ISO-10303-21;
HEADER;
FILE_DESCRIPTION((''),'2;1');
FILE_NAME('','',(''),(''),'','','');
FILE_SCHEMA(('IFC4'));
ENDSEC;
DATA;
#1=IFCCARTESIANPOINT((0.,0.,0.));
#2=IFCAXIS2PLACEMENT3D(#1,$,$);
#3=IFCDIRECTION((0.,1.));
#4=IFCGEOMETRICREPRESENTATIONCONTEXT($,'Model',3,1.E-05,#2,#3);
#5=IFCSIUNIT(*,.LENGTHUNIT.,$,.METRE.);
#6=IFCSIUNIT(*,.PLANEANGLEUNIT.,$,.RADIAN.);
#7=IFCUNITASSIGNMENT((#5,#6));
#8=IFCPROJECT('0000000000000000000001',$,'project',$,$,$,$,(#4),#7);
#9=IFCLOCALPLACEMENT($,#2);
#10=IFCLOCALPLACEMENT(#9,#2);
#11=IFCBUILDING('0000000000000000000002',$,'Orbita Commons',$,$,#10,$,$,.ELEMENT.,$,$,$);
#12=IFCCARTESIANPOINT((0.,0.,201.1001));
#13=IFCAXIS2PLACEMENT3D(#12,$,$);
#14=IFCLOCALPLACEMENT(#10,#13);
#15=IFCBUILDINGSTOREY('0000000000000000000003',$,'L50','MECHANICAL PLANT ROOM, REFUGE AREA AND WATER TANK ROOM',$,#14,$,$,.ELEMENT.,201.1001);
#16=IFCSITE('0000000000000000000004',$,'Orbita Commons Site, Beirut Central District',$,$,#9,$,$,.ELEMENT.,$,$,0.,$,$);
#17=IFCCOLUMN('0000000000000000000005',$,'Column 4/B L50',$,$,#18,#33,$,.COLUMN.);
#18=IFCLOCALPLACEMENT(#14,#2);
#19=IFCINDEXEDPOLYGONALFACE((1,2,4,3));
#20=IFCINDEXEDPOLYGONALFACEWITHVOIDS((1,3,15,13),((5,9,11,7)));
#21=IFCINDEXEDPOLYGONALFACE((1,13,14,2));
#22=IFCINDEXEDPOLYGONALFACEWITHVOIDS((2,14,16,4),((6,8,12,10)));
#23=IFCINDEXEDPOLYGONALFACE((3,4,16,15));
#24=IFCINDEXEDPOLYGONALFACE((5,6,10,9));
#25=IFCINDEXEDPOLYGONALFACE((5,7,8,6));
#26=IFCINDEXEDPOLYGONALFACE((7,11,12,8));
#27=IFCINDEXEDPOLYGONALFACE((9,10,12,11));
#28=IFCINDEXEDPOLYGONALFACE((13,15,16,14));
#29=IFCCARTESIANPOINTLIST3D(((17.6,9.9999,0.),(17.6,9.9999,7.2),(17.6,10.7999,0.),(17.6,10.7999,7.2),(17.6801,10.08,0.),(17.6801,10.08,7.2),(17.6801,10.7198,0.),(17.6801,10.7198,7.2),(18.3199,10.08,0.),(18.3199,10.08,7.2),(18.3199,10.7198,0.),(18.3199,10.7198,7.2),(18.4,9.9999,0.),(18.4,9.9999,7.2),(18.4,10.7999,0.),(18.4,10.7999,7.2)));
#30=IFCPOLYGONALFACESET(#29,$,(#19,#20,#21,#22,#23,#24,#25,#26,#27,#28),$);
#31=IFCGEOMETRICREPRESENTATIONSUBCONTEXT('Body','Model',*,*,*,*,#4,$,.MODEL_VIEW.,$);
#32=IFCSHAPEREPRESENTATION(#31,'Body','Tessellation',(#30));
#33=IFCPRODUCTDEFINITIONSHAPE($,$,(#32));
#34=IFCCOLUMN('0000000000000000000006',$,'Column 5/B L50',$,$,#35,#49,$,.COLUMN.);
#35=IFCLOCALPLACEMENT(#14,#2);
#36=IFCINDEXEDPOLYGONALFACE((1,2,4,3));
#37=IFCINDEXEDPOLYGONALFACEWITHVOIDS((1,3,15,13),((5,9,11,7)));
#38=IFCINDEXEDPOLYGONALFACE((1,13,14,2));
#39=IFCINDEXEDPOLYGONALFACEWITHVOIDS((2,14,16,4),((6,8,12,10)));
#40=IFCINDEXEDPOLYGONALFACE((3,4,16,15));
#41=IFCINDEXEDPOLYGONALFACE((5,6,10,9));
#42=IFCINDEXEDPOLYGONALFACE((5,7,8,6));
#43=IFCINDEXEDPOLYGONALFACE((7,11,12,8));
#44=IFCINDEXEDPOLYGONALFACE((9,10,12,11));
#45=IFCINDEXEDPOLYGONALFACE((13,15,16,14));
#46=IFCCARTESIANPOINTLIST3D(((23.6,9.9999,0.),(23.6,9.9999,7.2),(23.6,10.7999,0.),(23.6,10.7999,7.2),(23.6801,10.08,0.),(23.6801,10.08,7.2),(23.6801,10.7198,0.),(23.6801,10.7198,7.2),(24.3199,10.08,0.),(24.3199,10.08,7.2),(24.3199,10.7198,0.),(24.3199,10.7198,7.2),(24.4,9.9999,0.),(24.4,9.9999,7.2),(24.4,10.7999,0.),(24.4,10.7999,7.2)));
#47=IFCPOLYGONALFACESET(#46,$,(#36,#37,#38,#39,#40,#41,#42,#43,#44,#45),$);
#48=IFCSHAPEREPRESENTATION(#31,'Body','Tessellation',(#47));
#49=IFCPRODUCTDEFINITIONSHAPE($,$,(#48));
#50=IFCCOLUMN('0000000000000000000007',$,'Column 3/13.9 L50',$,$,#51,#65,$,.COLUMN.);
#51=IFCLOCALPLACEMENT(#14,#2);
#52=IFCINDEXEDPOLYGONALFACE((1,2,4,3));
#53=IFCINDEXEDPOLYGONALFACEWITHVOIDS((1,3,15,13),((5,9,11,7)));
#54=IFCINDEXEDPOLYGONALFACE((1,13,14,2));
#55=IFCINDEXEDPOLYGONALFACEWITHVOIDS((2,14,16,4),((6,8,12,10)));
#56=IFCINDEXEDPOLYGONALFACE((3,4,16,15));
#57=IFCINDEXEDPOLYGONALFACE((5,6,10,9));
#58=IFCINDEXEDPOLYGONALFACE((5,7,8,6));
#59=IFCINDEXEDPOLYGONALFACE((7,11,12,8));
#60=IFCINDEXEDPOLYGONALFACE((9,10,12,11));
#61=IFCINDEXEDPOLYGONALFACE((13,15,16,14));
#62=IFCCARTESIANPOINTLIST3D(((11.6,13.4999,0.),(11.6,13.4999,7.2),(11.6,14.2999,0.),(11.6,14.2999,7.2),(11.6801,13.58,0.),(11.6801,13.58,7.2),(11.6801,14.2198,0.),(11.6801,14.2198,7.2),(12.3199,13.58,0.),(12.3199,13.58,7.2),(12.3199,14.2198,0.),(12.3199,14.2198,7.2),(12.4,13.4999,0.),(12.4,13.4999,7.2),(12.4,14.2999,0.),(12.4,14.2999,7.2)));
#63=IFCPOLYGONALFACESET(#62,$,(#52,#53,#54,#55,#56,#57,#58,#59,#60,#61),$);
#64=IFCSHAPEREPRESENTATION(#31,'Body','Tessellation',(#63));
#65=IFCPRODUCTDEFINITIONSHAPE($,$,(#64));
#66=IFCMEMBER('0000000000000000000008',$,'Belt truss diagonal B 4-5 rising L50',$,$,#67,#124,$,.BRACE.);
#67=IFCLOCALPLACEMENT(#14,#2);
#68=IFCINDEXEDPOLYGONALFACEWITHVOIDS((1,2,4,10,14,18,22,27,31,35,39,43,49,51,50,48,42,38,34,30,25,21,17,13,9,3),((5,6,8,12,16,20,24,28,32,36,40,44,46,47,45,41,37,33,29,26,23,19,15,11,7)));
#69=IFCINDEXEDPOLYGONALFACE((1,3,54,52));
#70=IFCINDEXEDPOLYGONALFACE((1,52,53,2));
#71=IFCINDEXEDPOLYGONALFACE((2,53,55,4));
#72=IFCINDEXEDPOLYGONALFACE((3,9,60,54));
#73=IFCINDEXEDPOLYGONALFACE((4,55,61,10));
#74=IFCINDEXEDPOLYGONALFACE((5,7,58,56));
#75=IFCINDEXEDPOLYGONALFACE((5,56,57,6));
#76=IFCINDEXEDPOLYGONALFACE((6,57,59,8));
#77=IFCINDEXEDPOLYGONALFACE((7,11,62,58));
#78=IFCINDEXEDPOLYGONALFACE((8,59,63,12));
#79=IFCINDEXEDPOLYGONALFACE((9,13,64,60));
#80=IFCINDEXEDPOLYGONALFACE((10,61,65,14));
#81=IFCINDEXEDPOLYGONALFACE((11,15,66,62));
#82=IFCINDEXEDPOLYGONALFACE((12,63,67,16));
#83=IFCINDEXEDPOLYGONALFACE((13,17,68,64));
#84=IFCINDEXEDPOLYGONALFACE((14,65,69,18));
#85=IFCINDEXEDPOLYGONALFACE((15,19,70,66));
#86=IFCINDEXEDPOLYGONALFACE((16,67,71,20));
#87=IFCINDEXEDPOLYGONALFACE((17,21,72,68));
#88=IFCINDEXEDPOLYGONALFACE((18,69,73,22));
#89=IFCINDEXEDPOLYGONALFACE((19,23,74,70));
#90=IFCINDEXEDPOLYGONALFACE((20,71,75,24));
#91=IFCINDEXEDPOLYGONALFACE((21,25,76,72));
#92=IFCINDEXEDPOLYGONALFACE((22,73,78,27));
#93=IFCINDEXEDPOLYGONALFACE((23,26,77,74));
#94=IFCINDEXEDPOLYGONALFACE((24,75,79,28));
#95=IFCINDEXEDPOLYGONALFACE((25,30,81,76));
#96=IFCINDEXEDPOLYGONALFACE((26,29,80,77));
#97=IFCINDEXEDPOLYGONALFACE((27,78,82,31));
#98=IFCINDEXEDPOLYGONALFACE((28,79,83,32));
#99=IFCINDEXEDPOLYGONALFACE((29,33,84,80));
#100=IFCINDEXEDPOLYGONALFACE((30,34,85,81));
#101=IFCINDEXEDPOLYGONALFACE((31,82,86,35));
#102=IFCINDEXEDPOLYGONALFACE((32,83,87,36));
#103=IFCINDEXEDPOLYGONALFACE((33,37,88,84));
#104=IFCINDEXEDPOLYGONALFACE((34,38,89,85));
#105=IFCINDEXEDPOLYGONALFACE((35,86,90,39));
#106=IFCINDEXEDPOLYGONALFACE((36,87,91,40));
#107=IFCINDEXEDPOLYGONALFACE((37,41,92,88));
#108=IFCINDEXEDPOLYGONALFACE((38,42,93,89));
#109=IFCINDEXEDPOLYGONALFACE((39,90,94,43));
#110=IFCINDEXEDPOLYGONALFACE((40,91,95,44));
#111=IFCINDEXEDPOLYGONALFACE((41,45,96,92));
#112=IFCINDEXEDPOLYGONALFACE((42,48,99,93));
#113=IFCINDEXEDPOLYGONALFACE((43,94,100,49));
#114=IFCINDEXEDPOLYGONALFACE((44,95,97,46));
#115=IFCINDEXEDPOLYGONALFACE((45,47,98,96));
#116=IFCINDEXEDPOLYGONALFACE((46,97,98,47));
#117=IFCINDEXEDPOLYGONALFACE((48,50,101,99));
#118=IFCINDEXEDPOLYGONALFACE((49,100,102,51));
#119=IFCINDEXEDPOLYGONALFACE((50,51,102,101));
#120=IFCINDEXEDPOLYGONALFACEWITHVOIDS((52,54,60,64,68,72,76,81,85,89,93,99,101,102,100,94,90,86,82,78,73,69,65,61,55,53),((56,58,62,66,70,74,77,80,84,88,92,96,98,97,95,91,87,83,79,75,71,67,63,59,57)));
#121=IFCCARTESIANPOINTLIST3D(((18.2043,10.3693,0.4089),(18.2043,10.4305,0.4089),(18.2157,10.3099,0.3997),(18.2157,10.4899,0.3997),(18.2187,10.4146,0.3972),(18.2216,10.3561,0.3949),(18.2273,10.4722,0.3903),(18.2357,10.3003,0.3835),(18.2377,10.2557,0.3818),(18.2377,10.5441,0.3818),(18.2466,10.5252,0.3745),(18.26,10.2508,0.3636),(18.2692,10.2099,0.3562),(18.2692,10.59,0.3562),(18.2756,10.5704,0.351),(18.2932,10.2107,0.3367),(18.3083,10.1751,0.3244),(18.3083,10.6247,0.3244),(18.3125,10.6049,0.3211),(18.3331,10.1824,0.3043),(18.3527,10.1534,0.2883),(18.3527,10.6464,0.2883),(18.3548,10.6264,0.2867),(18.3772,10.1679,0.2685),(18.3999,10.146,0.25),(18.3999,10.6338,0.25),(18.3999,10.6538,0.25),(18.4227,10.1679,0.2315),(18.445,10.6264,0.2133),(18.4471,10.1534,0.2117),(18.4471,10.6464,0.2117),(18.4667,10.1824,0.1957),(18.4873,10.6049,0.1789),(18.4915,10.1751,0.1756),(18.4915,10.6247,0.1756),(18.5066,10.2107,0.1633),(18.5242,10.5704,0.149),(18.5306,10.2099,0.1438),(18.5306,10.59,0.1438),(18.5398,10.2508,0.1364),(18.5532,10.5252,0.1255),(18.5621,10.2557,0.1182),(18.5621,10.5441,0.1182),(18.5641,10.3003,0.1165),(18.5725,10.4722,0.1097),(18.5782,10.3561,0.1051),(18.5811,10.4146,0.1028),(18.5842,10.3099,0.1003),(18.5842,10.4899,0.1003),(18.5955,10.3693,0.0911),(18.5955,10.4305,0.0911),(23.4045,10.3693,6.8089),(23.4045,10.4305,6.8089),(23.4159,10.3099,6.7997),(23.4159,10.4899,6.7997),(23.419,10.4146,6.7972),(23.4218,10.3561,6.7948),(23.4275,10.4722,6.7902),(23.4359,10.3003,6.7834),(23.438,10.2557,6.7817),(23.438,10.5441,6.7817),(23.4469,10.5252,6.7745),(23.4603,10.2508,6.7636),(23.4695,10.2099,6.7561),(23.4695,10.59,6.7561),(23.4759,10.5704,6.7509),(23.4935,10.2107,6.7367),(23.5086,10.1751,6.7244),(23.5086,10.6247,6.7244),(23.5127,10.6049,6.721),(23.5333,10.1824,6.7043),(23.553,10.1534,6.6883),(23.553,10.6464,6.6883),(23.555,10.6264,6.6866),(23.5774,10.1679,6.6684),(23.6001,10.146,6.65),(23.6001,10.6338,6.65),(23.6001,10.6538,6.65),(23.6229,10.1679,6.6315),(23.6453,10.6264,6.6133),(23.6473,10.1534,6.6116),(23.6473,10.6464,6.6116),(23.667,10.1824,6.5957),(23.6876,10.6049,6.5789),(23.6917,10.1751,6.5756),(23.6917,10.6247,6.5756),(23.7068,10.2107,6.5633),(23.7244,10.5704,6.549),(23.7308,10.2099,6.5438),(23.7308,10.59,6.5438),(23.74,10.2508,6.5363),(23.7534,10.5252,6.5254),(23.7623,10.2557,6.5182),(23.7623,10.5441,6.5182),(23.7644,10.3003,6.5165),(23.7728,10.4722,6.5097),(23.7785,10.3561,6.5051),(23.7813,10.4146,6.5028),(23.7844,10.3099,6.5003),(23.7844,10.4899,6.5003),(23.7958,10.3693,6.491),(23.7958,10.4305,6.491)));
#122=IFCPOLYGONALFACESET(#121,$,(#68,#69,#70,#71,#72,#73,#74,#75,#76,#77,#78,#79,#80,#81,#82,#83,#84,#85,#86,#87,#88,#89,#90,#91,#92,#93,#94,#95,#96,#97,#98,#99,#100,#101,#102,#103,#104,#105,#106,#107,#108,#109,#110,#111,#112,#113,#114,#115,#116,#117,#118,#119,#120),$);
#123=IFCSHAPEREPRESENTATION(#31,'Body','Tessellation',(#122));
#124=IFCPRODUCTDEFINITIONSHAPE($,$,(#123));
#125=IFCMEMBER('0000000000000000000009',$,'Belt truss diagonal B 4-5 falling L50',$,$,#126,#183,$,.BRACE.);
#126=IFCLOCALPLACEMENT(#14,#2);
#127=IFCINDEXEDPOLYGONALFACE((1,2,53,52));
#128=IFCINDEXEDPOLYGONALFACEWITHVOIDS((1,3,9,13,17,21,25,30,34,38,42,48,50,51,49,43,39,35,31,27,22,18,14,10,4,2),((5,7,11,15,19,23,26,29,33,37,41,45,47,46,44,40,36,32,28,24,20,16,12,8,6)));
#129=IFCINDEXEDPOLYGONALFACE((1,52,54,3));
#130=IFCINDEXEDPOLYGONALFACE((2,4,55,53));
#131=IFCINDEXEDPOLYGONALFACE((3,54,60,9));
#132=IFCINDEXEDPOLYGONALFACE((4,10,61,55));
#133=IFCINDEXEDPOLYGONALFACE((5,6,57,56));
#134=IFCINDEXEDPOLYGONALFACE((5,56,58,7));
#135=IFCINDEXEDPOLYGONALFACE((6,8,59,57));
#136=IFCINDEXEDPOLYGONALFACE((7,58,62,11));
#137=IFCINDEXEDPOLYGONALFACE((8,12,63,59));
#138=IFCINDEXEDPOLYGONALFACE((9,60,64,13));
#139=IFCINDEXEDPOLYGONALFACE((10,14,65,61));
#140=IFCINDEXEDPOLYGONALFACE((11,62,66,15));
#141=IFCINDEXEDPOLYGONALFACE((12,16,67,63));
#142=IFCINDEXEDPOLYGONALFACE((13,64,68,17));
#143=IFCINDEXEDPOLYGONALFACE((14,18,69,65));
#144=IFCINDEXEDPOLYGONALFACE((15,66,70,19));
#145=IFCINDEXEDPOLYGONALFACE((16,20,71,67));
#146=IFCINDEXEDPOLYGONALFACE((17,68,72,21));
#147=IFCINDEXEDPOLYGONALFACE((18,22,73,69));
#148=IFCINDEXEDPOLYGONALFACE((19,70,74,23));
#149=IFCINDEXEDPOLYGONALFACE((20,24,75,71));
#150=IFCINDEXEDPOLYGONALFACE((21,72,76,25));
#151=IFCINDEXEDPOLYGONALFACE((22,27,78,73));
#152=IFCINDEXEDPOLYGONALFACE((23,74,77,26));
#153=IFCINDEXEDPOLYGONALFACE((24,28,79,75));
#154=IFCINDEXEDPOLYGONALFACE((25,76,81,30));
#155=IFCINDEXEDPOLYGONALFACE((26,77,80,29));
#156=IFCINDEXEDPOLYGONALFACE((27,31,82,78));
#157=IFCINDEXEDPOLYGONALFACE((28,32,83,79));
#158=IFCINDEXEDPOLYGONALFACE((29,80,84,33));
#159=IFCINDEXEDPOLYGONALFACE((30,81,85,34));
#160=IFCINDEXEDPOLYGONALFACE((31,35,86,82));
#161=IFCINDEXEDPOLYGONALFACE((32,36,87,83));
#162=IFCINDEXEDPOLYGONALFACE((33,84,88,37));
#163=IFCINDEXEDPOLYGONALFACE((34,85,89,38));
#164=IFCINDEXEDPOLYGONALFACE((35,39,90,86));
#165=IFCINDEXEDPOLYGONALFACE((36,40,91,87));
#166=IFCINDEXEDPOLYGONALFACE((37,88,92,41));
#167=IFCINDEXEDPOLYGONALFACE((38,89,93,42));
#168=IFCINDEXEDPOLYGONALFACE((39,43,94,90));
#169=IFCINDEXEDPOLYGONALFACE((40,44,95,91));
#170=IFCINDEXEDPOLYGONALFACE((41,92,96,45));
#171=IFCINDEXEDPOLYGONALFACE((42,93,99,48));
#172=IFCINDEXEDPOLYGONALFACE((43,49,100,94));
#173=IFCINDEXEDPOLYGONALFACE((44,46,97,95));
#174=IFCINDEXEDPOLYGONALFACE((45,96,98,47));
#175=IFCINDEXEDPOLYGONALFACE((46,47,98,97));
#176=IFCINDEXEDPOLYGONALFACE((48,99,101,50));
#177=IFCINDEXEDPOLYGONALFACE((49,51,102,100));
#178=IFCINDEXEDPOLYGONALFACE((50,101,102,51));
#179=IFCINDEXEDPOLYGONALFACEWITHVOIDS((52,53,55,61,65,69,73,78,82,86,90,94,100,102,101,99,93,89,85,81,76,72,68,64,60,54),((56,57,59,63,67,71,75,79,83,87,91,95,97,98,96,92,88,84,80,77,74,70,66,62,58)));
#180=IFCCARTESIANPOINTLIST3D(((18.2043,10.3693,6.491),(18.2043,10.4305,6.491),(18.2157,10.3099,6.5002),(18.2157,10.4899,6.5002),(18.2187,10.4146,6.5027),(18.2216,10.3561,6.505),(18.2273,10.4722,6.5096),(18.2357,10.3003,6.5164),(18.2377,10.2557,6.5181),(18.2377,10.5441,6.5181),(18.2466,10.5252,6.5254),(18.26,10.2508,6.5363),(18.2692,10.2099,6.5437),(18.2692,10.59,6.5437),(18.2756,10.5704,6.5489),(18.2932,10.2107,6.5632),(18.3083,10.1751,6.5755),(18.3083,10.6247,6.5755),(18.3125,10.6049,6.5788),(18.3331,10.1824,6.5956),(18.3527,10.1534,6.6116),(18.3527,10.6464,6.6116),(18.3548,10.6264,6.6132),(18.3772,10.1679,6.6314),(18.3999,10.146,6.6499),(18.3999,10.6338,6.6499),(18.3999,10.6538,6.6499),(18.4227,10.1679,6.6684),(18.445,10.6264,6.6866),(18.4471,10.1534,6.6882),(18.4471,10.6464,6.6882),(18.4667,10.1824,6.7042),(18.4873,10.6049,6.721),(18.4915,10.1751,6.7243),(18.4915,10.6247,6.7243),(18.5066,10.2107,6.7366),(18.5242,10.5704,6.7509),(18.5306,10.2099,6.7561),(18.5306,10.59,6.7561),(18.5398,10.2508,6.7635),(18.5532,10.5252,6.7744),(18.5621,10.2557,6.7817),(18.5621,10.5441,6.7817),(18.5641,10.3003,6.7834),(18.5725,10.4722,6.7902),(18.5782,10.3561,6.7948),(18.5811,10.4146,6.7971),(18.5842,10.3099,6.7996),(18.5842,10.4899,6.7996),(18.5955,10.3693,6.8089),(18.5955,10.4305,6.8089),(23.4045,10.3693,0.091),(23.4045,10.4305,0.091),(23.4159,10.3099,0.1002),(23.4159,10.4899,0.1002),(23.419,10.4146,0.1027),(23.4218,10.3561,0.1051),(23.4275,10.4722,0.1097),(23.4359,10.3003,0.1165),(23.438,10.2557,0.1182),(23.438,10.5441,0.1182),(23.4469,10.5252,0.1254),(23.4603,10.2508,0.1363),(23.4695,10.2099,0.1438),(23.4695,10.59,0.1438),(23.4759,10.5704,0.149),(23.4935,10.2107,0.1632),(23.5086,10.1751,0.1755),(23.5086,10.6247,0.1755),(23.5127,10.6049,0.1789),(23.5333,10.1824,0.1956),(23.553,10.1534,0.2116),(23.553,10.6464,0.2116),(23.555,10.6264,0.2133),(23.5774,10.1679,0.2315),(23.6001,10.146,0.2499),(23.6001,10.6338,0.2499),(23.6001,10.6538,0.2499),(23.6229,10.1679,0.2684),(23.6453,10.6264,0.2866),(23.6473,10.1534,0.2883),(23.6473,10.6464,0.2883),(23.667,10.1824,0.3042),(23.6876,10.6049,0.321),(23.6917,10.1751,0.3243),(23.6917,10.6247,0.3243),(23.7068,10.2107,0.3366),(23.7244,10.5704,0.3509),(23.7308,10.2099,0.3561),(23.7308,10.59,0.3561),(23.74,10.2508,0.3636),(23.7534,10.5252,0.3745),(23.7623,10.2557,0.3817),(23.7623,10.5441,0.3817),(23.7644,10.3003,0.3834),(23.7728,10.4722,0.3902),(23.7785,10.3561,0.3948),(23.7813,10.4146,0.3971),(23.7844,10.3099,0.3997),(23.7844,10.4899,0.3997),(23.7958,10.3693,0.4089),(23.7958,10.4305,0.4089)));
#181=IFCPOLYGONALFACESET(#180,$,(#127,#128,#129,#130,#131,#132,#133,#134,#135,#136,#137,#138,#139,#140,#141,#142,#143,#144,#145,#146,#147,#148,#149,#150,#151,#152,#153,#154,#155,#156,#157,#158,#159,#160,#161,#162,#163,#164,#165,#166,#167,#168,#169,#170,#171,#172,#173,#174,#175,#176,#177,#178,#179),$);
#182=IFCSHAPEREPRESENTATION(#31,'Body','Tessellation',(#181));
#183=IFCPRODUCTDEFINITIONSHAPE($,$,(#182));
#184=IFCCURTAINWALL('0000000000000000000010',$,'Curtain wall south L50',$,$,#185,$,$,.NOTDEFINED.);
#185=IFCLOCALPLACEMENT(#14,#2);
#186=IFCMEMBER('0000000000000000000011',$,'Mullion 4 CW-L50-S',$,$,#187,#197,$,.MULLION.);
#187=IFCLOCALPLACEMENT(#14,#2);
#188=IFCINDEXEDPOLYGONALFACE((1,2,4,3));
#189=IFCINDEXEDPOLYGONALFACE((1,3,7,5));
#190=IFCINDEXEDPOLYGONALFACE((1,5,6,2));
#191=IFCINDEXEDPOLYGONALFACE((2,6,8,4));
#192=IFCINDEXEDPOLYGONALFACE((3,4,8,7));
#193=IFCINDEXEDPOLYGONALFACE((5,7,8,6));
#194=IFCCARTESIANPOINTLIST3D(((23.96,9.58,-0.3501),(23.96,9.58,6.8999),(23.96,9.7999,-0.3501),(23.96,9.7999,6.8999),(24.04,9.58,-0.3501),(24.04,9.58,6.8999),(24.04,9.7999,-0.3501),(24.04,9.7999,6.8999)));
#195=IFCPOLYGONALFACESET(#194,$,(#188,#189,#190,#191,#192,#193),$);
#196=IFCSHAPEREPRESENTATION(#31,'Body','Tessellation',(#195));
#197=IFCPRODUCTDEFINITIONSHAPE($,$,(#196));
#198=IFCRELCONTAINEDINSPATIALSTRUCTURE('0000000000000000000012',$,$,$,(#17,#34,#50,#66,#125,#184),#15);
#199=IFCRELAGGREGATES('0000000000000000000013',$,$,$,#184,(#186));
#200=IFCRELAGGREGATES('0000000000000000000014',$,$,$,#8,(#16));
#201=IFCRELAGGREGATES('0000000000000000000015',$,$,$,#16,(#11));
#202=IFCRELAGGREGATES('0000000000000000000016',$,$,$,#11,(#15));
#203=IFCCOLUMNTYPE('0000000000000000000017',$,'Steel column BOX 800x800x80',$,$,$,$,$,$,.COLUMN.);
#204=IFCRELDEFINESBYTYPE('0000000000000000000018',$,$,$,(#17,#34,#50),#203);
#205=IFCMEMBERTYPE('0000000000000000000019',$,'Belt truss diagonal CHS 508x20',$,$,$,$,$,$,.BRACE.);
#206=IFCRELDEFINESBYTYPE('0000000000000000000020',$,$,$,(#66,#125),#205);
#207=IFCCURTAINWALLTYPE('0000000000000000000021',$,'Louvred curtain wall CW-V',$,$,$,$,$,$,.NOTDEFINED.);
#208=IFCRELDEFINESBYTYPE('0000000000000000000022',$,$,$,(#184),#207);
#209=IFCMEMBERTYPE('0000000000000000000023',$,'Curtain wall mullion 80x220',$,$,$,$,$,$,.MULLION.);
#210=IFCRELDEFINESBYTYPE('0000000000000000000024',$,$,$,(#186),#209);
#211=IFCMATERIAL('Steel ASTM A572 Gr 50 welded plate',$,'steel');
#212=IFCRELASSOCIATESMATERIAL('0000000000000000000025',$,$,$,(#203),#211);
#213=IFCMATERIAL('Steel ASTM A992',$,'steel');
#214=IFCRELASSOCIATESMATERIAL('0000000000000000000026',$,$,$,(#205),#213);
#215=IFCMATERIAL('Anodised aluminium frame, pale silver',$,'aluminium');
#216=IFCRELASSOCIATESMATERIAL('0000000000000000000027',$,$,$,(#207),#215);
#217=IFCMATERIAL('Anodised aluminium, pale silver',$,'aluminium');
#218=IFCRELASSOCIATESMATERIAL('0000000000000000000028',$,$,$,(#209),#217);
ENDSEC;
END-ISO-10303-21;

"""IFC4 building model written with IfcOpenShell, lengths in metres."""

from ifc_helpers import new_model, si_unit, direction, frame, origin, origin_2d, place, context, subcontext, project, spatial, rectangle, hollow_rectangle, hollow_circle, extrude, material, material_profile, profile_set, type_object, element, aggregate, save


model = new_model("IFC4")

# Units and contexts
model_context = context("Model", 3, precision=1e-05, world=origin(), true_north=direction((0.0, 1.0)))
body_context = subcontext(model_context, "Body", "Model", "MODEL_VIEW")
ifc_project = project(units=[si_unit("LENGTHUNIT", "METRE"), si_unit("PLANEANGLEUNIT", "RADIAN")], contexts=[model_context])

# Site, building, storey
site_placement = place(None, origin())
site = spatial("IfcSite", under=ifc_project, at=site_placement, Name="Orbita Commons Site, Beirut Central District", CompositionType="ELEMENT", RefElevation=0.0)
building_placement = place(site_placement, origin())
building = spatial("IfcBuilding", under=site, at=building_placement, Name="Orbita Commons", CompositionType="ELEMENT")
storey_placement = place(building_placement, frame((0.0, 0.0, 201.1001)))
storey = spatial("IfcBuildingStorey", under=building, at=storey_placement, Name="L50", Description="MECHANICAL PLANT ROOM, REFUGE AREA AND WATER TANK ROOM", CompositionType="ELEMENT", Elevation=201.1001)

# Columns
ifc_material_1 = material(Name="Steel ASTM A572 Gr 50 welded plate", Category="steel")
ifc_material_profile_1 = material_profile(ifc_material_1, hollow_rectangle(XDim=0.8, YDim=0.8, WallThickness=0.0801, at=origin_2d()), Name="BOX 800x800x80")
ifc_profile_set_1 = profile_set([ifc_material_profile_1], Name="Steel ASTM A572 Gr 50 welded plate")
column_type = type_object("IfcColumnType", Name="Steel column BOX 800x800x80", PredefinedType="COLUMN", material=ifc_profile_set_1)
for number, where, z_axis, x_axis, name in (
    (1, (18.0, 10.3999, 0.0), (0.0, 0.0, 1.0), (1.0, 0.0, 0.0), "Column 4/B L50"),
    (2, (24.0, 10.3999, 0.0), (0.0, 0.0, 1.0), (1.0, 0.0, 0.0), "Column 5/B L50"),
    (3, (12.0, 13.8999, 0.0), (0.0, 0.0, 1.0), (1.0, 0.0, 0.0), "Column 3/13.9 L50"),
):
    element("IfcColumn", number, at=place(storey_placement, frame(where, z_axis=z_axis, x_axis=x_axis)), inside=storey, type_object=column_type, Name=name, PredefinedType="COLUMN", context=body_context, shape_type="SweptSolid", body=[
        extrude(hollow_rectangle(XDim=0.8, YDim=0.8, WallThickness=0.0801, at=origin_2d()), origin(), (0.0, 0.0, 1.0), 7.2),
    ])

# Members
ifc_material_2 = material(Name="Steel ASTM A992", Category="steel")
ifc_material_profile_2 = material_profile(ifc_material_2, hollow_circle(Radius=0.2539, WallThickness=0.02, at=origin_2d()), Name="CHS 508x20")
ifc_profile_set_2 = profile_set([ifc_material_profile_2], Name="Steel ASTM A992")
member_type_1 = type_object("IfcMemberType", Name="Belt truss diagonal CHS 508x20", PredefinedType="BRACE", material=ifc_profile_set_2)
for number, where, z_axis, x_axis, name in (
    (4, (18.3999, 10.3999, 0.25), (0.630613, 0.0, 0.776098), (0.0, 1.0, 0.0), "Belt truss diagonal B 4-5 rising L50"),
    (5, (18.3999, 10.3999, 6.6499), (0.630613, 0.0, -0.776098), (0.0, 1.0, 0.0), "Belt truss diagonal B 4-5 falling L50"),
):
    element("IfcMember", number, at=place(storey_placement, frame(where, z_axis=z_axis, x_axis=x_axis)), inside=storey, type_object=member_type_1, Name=name, PredefinedType="BRACE", context=body_context, shape_type="SweptSolid", body=[
        extrude(hollow_circle(Radius=0.2539, WallThickness=0.02, at=origin_2d()), origin(), (0.0, 0.0, 1.0), 8.2463),
    ])

# Curtain wall, member
ifc_material_3 = material(Name="Anodised aluminium frame, pale silver", Category="aluminium")
curtain_wall_type = type_object("IfcCurtainWallType", Name="Louvred curtain wall CW-V", PredefinedType="NOTDEFINED", material=ifc_material_3)
curtain_wall_placement = place(storey_placement, origin())
curtain_wall = element("IfcCurtainWall", 6, at=curtain_wall_placement, inside=storey, type_object=curtain_wall_type, Name="Curtain wall south L50", PredefinedType="NOTDEFINED")
ifc_material_4 = material(Name="Anodised aluminium, pale silver", Category="aluminium")
ifc_material_profile_3 = material_profile(ifc_material_4, rectangle(XDim=0.0801, YDim=0.22, at=origin_2d()), Name="AL 80x220")
ifc_profile_set_3 = profile_set([ifc_material_profile_3], Name="Anodised aluminium, pale silver")
member_type_2 = type_object("IfcMemberType", Name="Curtain wall mullion 80x220", PredefinedType="MULLION", material=ifc_profile_set_3)
member_placement = place(storey_placement, frame((24.0, 9.6899, -0.3501), z_axis=(0.0, 0.0, 1.0), x_axis=(1.0, 0.0, 0.0)))
member = element("IfcMember", 7, at=member_placement, type_object=member_type_2, Name="Mullion 4 CW-L50-S", PredefinedType="MULLION", context=body_context, shape_type="SweptSolid", body=[
    extrude(rectangle(XDim=0.0801, YDim=0.22, at=origin_2d()), origin(), (0.0, 0.0, 1.0), 7.25),
])
aggregate(curtain_wall, [member])

save(model, "model.ifc")
